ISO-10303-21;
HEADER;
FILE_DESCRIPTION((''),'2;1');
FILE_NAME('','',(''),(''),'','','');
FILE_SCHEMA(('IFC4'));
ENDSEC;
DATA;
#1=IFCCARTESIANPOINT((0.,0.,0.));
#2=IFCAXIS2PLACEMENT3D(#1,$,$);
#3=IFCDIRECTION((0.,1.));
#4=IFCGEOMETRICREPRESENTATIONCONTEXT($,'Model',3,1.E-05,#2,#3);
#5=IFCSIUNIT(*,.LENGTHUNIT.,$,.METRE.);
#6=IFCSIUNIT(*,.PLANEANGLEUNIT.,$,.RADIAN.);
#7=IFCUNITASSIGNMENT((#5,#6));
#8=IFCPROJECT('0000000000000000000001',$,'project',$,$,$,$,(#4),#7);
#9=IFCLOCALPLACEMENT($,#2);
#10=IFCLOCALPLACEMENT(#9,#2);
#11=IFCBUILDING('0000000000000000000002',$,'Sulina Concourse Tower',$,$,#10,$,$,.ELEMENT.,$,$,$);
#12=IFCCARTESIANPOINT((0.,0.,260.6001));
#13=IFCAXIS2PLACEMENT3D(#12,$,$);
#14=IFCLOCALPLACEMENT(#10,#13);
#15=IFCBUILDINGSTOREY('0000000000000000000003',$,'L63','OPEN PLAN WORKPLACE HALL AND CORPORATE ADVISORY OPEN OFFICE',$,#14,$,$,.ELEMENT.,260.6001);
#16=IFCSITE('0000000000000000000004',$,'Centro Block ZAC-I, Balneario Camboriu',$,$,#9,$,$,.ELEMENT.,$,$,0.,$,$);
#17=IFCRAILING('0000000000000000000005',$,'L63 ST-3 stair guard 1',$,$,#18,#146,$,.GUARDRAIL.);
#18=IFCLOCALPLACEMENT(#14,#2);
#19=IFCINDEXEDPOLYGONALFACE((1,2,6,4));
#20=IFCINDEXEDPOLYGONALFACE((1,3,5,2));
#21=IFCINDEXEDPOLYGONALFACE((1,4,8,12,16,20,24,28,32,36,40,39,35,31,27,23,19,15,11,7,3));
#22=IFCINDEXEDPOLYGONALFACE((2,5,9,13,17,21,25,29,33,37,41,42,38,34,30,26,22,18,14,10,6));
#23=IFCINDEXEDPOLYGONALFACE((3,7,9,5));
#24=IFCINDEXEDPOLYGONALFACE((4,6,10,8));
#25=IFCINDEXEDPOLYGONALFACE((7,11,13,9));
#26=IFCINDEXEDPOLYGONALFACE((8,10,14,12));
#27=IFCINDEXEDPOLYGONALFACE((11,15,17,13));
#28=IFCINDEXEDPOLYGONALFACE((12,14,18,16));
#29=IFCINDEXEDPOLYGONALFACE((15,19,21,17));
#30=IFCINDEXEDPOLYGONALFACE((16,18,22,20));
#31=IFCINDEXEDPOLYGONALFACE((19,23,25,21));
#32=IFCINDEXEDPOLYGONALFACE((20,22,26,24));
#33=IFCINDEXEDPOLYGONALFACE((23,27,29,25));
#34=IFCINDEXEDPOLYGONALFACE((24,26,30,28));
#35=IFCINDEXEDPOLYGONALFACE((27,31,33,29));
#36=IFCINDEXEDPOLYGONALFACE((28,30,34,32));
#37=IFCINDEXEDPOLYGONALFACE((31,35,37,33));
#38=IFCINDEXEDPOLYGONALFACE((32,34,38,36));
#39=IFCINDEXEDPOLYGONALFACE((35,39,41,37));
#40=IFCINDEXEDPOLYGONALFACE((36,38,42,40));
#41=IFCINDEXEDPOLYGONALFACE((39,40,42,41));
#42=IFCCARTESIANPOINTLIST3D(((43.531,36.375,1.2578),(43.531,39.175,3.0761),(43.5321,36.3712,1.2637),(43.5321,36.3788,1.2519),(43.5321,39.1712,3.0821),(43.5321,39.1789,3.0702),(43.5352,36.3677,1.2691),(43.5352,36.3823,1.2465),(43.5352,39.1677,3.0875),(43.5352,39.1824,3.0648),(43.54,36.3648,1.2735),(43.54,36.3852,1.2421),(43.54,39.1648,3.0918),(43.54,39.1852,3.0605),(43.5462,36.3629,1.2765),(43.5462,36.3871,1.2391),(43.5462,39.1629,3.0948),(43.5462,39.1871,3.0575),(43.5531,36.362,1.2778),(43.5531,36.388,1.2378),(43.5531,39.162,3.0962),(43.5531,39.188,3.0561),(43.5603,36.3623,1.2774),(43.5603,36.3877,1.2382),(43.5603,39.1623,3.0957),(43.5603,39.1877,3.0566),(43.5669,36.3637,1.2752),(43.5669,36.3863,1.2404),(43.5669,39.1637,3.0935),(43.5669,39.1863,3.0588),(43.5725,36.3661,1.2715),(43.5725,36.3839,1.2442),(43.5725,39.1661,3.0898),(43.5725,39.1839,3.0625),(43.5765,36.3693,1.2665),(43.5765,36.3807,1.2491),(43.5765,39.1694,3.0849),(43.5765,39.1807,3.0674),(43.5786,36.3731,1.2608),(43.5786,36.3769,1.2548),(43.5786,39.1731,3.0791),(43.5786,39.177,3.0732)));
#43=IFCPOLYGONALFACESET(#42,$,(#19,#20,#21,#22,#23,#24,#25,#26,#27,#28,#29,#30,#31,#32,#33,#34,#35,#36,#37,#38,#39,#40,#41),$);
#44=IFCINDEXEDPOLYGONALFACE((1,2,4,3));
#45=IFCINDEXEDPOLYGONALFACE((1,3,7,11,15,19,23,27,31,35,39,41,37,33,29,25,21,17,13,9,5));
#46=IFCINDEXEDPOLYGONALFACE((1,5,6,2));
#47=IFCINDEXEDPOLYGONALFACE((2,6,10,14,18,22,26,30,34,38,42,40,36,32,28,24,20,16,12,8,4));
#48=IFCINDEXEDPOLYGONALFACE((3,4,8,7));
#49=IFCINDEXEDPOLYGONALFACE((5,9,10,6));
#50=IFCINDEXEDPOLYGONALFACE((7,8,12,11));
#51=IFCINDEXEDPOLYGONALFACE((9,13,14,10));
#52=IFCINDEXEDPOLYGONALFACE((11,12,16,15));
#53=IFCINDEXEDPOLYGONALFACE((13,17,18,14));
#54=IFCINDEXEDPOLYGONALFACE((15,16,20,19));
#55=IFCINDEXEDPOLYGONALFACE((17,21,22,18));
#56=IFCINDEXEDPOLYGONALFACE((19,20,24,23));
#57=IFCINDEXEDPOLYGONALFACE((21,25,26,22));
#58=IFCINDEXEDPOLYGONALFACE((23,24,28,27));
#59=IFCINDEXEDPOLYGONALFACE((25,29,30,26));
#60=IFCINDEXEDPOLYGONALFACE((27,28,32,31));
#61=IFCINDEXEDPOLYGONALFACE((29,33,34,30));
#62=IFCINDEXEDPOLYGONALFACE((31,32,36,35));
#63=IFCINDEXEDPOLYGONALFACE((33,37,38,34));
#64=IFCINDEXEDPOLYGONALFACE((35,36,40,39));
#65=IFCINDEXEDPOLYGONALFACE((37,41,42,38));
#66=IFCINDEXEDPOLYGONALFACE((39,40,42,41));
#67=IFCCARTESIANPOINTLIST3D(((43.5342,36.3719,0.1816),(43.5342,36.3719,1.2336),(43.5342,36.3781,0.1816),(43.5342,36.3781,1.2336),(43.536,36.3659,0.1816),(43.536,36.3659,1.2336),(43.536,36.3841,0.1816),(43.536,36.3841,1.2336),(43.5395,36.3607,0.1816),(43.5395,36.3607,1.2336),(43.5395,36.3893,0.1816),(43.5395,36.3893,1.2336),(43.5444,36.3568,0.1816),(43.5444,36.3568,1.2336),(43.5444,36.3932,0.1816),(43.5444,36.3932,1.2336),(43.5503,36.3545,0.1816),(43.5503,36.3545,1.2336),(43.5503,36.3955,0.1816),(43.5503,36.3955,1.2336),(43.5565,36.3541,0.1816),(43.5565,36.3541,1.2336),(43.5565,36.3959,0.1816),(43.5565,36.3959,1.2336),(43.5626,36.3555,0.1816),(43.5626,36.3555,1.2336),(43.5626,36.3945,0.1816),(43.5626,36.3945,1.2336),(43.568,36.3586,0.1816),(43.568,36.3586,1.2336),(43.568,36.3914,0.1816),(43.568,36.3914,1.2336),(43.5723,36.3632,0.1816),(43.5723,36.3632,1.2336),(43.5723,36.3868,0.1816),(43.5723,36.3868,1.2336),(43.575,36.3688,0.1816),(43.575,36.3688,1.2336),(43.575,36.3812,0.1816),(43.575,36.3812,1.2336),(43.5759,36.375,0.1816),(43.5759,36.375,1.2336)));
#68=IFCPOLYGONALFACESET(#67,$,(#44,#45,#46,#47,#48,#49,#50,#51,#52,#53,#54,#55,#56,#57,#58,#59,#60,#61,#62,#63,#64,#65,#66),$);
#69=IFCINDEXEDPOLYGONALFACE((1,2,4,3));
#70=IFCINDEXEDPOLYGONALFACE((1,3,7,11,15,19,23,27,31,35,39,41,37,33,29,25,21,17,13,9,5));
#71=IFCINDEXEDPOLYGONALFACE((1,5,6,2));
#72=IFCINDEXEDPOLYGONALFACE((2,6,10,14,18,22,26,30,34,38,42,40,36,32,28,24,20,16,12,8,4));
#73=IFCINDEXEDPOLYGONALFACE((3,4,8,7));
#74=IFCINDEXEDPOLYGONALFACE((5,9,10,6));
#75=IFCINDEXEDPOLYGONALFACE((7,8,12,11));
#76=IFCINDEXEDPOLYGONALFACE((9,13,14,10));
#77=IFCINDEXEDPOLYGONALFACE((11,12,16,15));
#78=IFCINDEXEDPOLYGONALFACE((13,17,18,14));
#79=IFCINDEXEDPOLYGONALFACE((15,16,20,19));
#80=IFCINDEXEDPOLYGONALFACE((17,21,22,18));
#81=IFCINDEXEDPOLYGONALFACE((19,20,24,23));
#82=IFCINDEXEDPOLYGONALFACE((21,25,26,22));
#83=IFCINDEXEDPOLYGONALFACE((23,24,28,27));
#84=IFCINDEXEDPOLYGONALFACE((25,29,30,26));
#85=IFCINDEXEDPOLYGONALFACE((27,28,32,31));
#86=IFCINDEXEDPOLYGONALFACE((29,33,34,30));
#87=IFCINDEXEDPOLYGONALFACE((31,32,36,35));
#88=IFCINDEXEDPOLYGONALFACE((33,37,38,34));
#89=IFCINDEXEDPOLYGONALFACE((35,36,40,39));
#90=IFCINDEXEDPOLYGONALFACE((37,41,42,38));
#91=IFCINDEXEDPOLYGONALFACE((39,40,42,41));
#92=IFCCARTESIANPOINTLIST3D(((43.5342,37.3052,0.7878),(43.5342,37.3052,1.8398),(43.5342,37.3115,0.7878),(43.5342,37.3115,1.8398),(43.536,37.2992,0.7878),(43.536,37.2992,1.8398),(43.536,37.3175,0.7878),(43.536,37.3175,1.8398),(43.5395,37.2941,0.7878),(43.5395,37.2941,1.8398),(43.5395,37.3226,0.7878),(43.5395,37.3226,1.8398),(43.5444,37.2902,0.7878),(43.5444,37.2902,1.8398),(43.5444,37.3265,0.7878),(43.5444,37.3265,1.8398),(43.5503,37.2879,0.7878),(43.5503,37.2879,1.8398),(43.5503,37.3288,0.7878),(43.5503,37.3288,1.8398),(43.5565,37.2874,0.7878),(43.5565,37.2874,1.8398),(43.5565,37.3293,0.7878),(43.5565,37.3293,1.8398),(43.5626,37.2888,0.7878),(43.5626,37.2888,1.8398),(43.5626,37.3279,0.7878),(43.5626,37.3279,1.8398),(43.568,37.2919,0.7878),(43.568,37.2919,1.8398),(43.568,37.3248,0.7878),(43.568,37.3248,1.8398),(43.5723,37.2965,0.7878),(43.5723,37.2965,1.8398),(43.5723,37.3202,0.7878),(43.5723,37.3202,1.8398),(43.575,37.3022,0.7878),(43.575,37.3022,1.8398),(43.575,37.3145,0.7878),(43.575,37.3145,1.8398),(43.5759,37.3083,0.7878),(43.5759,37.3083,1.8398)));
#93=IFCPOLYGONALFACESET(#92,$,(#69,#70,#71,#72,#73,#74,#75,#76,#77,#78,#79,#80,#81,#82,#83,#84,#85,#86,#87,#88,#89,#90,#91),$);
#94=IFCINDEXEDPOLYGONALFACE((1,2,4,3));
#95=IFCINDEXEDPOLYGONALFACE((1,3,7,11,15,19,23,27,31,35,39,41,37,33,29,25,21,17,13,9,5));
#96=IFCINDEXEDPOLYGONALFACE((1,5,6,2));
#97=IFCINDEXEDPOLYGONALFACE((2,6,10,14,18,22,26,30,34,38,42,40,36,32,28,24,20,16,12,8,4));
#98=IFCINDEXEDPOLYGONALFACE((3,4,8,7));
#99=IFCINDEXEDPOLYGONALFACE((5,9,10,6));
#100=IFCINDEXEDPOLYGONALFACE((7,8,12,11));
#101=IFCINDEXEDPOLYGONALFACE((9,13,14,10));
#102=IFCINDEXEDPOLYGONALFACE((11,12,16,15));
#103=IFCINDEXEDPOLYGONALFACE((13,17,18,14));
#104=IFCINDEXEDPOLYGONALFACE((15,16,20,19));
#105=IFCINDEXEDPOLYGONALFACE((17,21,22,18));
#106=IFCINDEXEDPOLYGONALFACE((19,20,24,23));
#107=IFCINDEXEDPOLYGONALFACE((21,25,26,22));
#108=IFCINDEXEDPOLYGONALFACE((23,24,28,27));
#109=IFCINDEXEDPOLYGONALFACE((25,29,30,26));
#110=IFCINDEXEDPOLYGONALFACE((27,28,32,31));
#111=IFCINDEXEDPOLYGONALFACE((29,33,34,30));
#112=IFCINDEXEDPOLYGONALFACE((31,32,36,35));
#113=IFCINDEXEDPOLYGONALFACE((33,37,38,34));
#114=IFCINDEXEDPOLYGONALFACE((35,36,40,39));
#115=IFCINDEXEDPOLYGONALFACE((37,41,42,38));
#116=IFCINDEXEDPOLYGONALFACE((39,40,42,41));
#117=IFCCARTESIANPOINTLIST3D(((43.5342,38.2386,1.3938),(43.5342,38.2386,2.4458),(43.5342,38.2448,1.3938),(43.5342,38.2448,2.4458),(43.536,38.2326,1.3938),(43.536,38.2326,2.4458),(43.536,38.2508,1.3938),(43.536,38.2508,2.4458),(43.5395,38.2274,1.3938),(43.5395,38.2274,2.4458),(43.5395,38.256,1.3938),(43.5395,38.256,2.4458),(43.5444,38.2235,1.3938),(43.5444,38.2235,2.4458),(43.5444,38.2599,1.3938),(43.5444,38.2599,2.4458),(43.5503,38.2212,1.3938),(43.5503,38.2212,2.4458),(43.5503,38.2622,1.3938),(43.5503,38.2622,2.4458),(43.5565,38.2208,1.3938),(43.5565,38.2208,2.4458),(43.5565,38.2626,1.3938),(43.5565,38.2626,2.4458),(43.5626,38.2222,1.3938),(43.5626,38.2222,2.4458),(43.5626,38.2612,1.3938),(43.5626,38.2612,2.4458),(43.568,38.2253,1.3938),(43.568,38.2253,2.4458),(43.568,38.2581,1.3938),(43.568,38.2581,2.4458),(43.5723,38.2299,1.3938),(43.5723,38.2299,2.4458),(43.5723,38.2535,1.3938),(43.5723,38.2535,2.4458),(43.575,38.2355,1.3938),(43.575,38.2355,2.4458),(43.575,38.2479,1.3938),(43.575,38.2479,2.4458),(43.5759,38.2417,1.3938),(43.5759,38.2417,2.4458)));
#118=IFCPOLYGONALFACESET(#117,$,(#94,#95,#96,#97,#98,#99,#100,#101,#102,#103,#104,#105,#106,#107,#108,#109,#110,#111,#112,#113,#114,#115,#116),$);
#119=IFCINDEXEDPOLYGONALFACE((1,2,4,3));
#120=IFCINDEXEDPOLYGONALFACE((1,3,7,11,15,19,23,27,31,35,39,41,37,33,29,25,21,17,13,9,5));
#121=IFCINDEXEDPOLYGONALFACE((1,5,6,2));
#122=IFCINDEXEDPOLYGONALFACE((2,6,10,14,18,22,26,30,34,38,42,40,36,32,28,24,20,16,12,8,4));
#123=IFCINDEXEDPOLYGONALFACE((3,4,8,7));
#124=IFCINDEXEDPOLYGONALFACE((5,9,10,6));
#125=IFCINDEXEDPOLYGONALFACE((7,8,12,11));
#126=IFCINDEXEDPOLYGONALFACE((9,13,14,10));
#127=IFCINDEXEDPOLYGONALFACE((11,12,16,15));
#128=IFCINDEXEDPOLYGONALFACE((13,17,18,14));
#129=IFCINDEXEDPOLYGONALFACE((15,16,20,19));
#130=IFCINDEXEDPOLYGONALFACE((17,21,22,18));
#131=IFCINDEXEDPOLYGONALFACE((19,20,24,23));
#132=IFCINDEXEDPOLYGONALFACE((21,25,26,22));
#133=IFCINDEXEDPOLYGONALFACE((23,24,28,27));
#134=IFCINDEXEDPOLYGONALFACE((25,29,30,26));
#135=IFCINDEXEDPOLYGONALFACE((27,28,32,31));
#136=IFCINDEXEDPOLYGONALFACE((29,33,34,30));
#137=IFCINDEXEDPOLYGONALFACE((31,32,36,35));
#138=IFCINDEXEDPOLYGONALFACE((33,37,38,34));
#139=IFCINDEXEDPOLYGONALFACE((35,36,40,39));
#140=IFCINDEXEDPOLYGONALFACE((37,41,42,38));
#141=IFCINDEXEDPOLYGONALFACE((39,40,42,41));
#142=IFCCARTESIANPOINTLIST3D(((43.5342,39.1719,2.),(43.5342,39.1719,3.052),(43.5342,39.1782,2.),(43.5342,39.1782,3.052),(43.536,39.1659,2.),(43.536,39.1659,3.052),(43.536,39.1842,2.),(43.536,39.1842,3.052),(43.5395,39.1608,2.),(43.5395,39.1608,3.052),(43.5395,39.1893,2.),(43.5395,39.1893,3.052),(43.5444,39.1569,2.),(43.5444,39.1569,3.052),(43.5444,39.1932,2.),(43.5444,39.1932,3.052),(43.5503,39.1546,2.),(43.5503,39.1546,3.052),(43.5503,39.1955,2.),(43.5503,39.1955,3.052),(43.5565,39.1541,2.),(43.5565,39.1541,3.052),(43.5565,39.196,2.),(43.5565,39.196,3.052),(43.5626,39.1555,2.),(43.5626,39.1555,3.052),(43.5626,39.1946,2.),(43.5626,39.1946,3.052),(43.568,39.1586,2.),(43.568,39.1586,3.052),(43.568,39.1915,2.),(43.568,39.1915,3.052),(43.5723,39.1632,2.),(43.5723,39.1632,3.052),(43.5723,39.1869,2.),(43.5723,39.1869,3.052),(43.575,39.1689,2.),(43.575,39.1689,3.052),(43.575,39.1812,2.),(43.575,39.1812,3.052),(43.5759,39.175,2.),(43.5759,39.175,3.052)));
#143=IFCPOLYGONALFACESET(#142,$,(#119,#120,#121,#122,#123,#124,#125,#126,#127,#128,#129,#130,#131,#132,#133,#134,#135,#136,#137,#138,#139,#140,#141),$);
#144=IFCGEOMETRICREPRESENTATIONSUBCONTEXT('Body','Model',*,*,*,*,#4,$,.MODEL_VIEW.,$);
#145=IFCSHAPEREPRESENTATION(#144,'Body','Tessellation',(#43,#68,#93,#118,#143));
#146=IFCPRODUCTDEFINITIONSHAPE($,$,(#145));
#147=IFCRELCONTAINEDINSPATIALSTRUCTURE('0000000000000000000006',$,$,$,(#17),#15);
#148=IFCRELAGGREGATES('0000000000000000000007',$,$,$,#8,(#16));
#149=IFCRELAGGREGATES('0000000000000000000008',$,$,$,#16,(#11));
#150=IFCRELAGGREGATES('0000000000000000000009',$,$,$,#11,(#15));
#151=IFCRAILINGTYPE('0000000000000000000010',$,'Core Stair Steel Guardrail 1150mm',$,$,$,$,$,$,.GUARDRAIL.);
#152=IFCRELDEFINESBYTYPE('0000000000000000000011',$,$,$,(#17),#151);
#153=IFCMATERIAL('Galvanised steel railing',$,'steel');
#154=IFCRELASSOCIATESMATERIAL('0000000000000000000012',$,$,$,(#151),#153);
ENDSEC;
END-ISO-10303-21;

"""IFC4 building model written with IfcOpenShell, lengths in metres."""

from ifc_helpers import new_model, si_unit, direction, frame, origin, origin_2d, place, context, subcontext, project, spatial, circle, extrude, material, type_object, element, save


model = new_model("IFC4")

# Units and contexts
model_context = context("Model", 3, precision=1e-05, world=origin(), true_north=direction((0.0, 1.0)))
body_context = subcontext(model_context, "Body", "Model", "MODEL_VIEW")
ifc_project = project(units=[si_unit("LENGTHUNIT", "METRE"), si_unit("PLANEANGLEUNIT", "RADIAN")], contexts=[model_context])

# Site, building, storey
site_placement = place(None, origin())
site = spatial("IfcSite", under=ifc_project, at=site_placement, Name="Centro Block ZAC-I, Balneario Camboriu", CompositionType="ELEMENT", RefElevation=0.0)
building_placement = place(site_placement, origin())
building = spatial("IfcBuilding", under=site, at=building_placement, Name="Sulina Concourse Tower", CompositionType="ELEMENT")
storey_placement = place(building_placement, frame((0.0, 0.0, 260.6001)))
storey = spatial("IfcBuildingStorey", under=building, at=storey_placement, Name="L63", Description="OPEN PLAN WORKPLACE HALL AND CORPORATE ADVISORY OPEN OFFICE", CompositionType="ELEMENT", Elevation=260.6001)

# Railing
ifc_material_1 = material(Name="Galvanised steel railing", Category="steel")
railing_type_1 = type_object("IfcRailingType", Name="Core Stair Steel Guardrail 1150mm", PredefinedType="GUARDRAIL", material=ifc_material_1)
railing_1_placement = place(storey_placement, frame((43.5549, 36.375, 0.1816)))
element("IfcRailing", 1, at=railing_1_placement, inside=storey, type_object=railing_type_1, Name="L63 ST-3 stair guard 1", PredefinedType="GUARDRAIL", context=body_context, shape_type="SweptSolid", body=[
    extrude(circle(Radius=0.0239, at=origin_2d()), frame((0.0, 0.0, 1.0762), z_axis=(0.0, 0.838672, 0.544636), x_axis=(-1.0, 0.0, 0.0)), (0.0, 0.0, 1.0), 3.3386),
    extrude(circle(Radius=0.021, at=origin_2d()), origin(), (0.0, 0.0, 1.0), 1.052),
    extrude(circle(Radius=0.021, at=origin_2d()), frame((0.0, 0.9333, 0.6062)), (0.0, 0.0, 1.0), 1.052),
    extrude(circle(Radius=0.021, at=origin_2d()), frame((0.0, 1.8667, 1.2122)), (0.0, 0.0, 1.0), 1.052),
    extrude(circle(Radius=0.021, at=origin_2d()), frame((0.0, 2.8, 1.8184)), (0.0, 0.0, 1.0), 1.052),
])

save(model, "model.ifc")
